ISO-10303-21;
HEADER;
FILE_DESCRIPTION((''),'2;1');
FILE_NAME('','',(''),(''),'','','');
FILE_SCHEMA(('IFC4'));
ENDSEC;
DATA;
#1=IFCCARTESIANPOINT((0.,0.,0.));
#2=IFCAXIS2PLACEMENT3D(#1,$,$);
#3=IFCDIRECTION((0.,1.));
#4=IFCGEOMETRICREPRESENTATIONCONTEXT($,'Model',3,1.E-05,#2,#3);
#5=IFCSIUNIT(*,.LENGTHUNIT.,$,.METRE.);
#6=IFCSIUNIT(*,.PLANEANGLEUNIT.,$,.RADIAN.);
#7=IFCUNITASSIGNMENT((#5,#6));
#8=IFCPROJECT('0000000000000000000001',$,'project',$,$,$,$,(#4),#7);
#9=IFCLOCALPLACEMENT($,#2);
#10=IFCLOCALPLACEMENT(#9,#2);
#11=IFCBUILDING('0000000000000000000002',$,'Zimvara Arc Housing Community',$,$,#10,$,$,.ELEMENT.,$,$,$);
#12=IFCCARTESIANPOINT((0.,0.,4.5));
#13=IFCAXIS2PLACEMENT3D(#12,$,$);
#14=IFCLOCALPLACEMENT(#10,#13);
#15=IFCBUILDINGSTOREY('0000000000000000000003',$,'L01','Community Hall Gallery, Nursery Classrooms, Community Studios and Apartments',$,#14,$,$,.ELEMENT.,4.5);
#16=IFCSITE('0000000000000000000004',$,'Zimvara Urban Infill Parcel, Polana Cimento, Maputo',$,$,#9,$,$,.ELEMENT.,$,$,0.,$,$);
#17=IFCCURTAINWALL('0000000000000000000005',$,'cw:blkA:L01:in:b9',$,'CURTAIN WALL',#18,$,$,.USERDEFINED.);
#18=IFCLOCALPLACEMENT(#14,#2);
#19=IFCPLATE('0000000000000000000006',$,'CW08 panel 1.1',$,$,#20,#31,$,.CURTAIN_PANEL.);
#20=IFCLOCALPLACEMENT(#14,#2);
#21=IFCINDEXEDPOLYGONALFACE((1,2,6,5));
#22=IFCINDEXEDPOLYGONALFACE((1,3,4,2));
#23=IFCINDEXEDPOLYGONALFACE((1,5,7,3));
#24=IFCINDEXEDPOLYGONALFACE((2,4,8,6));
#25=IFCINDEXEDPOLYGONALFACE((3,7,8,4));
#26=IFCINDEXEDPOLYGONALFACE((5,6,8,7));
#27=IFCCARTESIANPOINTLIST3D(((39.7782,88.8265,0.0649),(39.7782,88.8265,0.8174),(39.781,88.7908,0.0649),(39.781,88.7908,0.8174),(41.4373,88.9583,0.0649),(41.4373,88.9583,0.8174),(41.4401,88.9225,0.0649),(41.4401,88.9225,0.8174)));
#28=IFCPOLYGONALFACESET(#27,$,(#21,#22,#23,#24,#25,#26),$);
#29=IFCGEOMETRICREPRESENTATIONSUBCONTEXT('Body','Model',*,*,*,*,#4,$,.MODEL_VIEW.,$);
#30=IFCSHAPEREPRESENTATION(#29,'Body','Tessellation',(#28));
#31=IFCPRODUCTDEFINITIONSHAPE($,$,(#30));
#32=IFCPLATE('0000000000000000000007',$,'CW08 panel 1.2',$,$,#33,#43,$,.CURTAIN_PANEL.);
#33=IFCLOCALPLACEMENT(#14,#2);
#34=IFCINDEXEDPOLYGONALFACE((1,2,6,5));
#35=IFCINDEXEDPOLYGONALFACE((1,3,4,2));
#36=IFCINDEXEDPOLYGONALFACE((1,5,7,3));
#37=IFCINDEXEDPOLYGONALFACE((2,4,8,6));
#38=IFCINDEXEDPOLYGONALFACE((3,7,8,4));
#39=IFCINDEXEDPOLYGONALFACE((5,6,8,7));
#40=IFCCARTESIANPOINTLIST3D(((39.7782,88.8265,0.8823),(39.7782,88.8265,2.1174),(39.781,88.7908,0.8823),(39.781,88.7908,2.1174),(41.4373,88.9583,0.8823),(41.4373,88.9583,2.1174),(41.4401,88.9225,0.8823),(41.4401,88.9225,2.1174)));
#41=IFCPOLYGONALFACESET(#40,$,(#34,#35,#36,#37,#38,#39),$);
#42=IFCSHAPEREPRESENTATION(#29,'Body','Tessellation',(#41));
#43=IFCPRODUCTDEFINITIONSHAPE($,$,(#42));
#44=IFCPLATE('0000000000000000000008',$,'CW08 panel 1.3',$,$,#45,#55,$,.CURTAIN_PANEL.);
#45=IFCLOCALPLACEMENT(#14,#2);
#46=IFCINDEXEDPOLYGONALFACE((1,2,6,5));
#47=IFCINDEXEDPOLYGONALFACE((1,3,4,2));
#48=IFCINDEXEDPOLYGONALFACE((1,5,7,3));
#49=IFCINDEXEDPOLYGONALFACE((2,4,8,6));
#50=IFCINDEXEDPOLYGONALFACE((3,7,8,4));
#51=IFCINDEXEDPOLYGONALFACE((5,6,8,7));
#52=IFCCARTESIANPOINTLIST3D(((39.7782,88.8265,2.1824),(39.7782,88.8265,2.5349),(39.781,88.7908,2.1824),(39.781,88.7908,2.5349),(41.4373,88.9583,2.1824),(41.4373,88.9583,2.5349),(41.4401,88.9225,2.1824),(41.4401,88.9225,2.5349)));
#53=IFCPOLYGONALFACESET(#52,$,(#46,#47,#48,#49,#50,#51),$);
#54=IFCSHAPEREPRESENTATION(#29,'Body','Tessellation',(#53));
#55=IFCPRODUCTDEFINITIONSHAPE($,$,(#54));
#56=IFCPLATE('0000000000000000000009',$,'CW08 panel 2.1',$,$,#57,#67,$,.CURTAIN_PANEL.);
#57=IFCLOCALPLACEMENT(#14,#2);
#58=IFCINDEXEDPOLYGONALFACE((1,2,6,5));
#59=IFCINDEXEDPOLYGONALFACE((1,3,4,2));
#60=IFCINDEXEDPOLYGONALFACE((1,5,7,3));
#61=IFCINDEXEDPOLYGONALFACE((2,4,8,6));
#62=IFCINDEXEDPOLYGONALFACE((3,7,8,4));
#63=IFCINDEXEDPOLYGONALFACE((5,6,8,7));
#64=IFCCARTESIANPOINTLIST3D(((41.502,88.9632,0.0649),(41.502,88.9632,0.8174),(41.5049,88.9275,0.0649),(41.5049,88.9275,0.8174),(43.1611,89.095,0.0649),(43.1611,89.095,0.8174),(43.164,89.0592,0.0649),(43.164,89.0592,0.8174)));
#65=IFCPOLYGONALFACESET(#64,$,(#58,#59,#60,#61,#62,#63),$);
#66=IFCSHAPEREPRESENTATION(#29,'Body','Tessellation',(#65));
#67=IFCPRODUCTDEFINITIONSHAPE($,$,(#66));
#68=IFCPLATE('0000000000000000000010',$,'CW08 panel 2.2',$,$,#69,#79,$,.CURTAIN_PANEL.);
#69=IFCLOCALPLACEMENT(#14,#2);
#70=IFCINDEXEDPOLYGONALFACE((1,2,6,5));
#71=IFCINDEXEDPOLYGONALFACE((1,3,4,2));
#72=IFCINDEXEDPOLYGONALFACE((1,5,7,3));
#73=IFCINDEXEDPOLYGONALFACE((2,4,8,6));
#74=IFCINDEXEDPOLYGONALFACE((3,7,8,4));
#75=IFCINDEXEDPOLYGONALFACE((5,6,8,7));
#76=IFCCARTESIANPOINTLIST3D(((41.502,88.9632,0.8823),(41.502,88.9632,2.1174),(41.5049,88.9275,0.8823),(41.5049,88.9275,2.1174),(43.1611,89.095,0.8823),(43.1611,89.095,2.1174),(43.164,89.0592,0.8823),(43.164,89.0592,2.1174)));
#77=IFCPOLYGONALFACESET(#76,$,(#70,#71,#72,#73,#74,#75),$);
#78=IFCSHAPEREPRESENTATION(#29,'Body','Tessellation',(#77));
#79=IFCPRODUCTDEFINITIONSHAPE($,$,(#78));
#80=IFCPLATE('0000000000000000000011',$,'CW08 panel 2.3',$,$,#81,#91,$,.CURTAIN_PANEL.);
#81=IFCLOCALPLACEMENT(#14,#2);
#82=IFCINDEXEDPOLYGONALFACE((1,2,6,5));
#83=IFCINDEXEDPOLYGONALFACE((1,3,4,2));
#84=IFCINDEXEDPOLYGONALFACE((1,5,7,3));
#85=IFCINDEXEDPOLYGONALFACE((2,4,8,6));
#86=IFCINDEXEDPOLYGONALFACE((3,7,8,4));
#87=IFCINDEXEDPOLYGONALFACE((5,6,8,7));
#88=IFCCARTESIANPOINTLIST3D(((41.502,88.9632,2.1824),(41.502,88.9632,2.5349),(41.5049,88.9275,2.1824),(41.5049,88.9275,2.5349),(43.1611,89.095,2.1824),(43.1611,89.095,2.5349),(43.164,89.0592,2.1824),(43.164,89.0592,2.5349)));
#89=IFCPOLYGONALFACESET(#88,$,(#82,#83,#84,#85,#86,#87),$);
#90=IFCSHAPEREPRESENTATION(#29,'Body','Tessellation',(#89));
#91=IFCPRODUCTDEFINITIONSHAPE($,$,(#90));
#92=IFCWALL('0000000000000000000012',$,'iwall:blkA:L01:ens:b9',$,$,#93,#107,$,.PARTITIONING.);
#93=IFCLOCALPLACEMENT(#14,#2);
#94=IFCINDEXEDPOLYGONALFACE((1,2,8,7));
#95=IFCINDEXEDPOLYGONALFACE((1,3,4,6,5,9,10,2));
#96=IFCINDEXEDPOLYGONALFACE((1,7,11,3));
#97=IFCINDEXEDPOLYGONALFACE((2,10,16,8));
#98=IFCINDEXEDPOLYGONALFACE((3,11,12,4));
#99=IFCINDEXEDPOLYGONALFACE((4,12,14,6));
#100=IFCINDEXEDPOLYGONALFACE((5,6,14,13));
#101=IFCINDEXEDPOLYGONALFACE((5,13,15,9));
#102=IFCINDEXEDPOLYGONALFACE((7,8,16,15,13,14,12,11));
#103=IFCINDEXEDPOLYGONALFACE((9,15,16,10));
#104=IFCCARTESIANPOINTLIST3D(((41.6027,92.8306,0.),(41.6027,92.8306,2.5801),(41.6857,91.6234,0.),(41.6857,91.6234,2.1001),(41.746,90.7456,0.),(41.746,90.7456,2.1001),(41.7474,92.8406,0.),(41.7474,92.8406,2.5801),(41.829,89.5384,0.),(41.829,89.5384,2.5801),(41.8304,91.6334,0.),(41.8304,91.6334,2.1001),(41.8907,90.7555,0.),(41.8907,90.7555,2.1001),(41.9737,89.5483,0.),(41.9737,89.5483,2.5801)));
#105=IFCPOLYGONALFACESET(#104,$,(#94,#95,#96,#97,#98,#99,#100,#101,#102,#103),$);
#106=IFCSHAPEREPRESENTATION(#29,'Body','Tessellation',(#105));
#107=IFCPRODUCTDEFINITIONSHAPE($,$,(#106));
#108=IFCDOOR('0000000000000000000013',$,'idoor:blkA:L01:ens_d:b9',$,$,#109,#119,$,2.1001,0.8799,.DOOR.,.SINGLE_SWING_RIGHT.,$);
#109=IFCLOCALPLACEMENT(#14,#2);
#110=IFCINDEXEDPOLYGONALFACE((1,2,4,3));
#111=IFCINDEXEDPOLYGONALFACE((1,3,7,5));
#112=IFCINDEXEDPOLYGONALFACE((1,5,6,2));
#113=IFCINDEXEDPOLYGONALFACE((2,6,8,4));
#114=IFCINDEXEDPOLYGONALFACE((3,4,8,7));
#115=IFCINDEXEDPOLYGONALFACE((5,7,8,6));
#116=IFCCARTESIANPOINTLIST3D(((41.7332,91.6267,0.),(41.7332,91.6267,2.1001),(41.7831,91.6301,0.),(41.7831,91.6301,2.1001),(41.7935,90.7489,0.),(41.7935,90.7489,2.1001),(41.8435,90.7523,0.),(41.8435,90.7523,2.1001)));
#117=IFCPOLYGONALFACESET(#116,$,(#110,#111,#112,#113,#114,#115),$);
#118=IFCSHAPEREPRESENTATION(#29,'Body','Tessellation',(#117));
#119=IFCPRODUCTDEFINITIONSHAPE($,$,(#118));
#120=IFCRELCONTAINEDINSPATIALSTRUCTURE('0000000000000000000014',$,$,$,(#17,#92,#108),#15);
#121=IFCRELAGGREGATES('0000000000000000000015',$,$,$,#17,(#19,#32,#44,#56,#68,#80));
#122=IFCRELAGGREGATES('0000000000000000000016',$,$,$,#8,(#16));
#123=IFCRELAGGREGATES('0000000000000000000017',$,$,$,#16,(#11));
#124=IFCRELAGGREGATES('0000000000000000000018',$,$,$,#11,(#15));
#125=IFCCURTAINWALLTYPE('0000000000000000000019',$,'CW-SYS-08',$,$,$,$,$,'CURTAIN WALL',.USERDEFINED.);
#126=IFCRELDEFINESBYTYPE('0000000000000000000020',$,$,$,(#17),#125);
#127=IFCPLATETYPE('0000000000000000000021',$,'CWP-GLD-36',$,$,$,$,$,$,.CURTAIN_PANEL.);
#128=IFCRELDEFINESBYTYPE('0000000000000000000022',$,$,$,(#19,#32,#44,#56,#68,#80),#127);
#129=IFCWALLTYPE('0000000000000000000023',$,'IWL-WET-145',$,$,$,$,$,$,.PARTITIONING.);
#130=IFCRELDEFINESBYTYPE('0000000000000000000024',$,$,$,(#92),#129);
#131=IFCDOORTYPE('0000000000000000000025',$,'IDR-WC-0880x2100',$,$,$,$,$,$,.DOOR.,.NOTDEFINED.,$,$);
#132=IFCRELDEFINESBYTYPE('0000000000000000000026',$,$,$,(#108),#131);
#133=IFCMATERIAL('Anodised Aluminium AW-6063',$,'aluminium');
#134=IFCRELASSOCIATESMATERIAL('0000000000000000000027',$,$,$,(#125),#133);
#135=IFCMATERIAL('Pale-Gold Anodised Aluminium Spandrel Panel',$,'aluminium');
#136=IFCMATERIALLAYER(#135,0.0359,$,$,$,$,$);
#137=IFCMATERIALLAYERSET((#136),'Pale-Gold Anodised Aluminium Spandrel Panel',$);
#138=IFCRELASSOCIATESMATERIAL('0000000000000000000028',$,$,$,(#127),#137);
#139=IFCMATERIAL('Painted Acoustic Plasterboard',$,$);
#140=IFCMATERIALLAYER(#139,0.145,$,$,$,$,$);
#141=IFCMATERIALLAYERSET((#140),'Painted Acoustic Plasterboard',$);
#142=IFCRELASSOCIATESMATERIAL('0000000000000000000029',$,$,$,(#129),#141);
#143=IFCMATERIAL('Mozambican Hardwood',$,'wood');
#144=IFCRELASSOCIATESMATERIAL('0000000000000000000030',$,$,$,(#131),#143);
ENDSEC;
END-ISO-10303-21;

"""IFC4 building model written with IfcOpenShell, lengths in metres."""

from ifc_helpers import new_model, si_unit, direction, frame, frame_2d, origin, origin_2d, place, context, subcontext, project, spatial, rectangle, extrude, material, layer, layer_set, type_object, element, fill, aggregate, save


model = new_model("IFC4")

# Units and contexts
model_context = context("Model", 3, precision=1e-05, world=origin(), true_north=direction((0.0, 1.0)))
body_context = subcontext(model_context, "Body", "Model", "MODEL_VIEW")
ifc_project = project(units=[si_unit("LENGTHUNIT", "METRE"), si_unit("PLANEANGLEUNIT", "RADIAN")], contexts=[model_context])

# Site, building, storey
site_placement = place(None, origin())
site = spatial("IfcSite", under=ifc_project, at=site_placement, Name="Zimvara Urban Infill Parcel, Polana Cimento, Maputo", CompositionType="ELEMENT", RefElevation=0.0)
building_placement = place(site_placement, origin())
building = spatial("IfcBuilding", under=site, at=building_placement, Name="Zimvara Arc Housing Community", CompositionType="ELEMENT")
storey_placement = place(building_placement, frame((0.0, 0.0, 4.5)))
storey = spatial("IfcBuildingStorey", under=building, at=storey_placement, Name="L01", Description="Community Hall Gallery, Nursery Classrooms, Community Studios and Apartments", CompositionType="ELEMENT", Elevation=4.5)

# Curtain wall, plates
ifc_material_1 = material(Name="Anodised Aluminium AW-6063", Category="aluminium")
curtain_wall_type = type_object("IfcCurtainWallType", Name="CW-SYS-08", ElementType="CURTAIN WALL", PredefinedType="USERDEFINED", material=ifc_material_1)
curtain_wall_placement = place(storey_placement, origin())
curtain_wall = element("IfcCurtainWall", 1, at=curtain_wall_placement, inside=storey, type_object=curtain_wall_type, Name="cw:blkA:L01:in:b9", ObjectType="CURTAIN WALL", PredefinedType="USERDEFINED")
ifc_material_2 = material(Name="Pale-Gold Anodised Aluminium Spandrel Panel", Category="aluminium")
ifc_layer_1 = layer(ifc_material_2, 0.0359)
ifc_layer_set_1 = layer_set([ifc_layer_1], Name="Pale-Gold Anodised Aluminium Spandrel Panel")
plate_type = type_object("IfcPlateType", Name="CWP-GLD-36", PredefinedType="CURTAIN_PANEL", material=ifc_layer_set_1)
plate_1_placement = place(storey_placement, frame((40.6091, 88.8745, 0.0649), z_axis=(0.0, 0.0, 1.0), x_axis=(0.996862, 0.079155, 0.0)))
plate_1 = element("IfcPlate", 2, at=plate_1_placement, type_object=plate_type, Name="CW08 panel 1.1", PredefinedType="CURTAIN_PANEL", context=body_context, shape_type="SweptSolid", body=[
    extrude(rectangle(XDim=1.6643, YDim=0.0359, at=origin_2d()), origin(), (0.0, 0.0, 1.0), 0.7524),
])
plate_2_placement = place(storey_placement, frame((40.6091, 88.8745, 0.8823), z_axis=(0.0, 0.0, 1.0), x_axis=(0.996862, 0.079155, 0.0)))
plate_2 = element("IfcPlate", 3, at=plate_2_placement, type_object=plate_type, Name="CW08 panel 1.2", PredefinedType="CURTAIN_PANEL", context=body_context, shape_type="SweptSolid", body=[
    extrude(rectangle(XDim=1.6643, YDim=0.0359, at=origin_2d()), origin(), (0.0, 0.0, 1.0), 1.2351),
])
plate_3_placement = place(storey_placement, frame((40.6091, 88.8745, 2.1824), z_axis=(0.0, 0.0, 1.0), x_axis=(0.996862, 0.079155, 0.0)))
plate_3 = element("IfcPlate", 4, at=plate_3_placement, type_object=plate_type, Name="CW08 panel 1.3", PredefinedType="CURTAIN_PANEL", context=body_context, shape_type="SweptSolid", body=[
    extrude(rectangle(XDim=1.6643, YDim=0.0359, at=origin_2d()), origin(), (0.0, 0.0, 1.0), 0.3525),
])
plate_4_placement = place(storey_placement, frame((42.333, 89.0112, 0.0649), z_axis=(0.0, 0.0, 1.0), x_axis=(0.996862, 0.079155, 0.0)))
plate_4 = element("IfcPlate", 5, at=plate_4_placement, type_object=plate_type, Name="CW08 panel 2.1", PredefinedType="CURTAIN_PANEL", context=body_context, shape_type="SweptSolid", body=[
    extrude(rectangle(XDim=1.6643, YDim=0.0359, at=origin_2d()), origin(), (0.0, 0.0, 1.0), 0.7524),
])
plate_5_placement = place(storey_placement, frame((42.333, 89.0112, 0.8823), z_axis=(0.0, 0.0, 1.0), x_axis=(0.996862, 0.079155, 0.0)))
plate_5 = element("IfcPlate", 6, at=plate_5_placement, type_object=plate_type, Name="CW08 panel 2.2", PredefinedType="CURTAIN_PANEL", context=body_context, shape_type="SweptSolid", body=[
    extrude(rectangle(XDim=1.6643, YDim=0.0359, at=origin_2d()), origin(), (0.0, 0.0, 1.0), 1.2351),
])
plate_6_placement = place(storey_placement, frame((42.333, 89.0112, 2.1824), z_axis=(0.0, 0.0, 1.0), x_axis=(0.996862, 0.079155, 0.0)))
plate_6 = element("IfcPlate", 7, at=plate_6_placement, type_object=plate_type, Name="CW08 panel 2.3", PredefinedType="CURTAIN_PANEL", context=body_context, shape_type="SweptSolid", body=[
    extrude(rectangle(XDim=1.6643, YDim=0.0359, at=origin_2d()), origin(), (0.0, 0.0, 1.0), 0.3525),
])
aggregate(curtain_wall, [plate_1, plate_2, plate_3, plate_4, plate_5, plate_6])

# Wall, opening, door
ifc_material_3 = material(Name="Painted Acoustic Plasterboard")
ifc_layer_2 = layer(ifc_material_3, 0.145)
ifc_layer_set_2 = layer_set([ifc_layer_2], Name="Painted Acoustic Plasterboard")
wall_type = type_object("IfcWallType", Name="IWL-WET-145", PredefinedType="PARTITIONING", material=ifc_layer_set_2)
wall_placement = place(storey_placement, frame((41.9014, 89.5435, 0.0), z_axis=(0.0, 0.0, 1.0), x_axis=(-0.068581, 0.997646, 0.0)))
wall = element("IfcWall", 8, at=wall_placement, inside=storey, type_object=wall_type, Name="iwall:blkA:L01:ens:b9", PredefinedType="PARTITIONING", context=body_context, shape_type="SweptSolid", body=[
    extrude(rectangle(XDim=3.3, YDim=0.145, at=frame_2d((1.6499, 0.0))), origin(), (0.0, 0.0, 1.0), 2.5801),
])
opening_placement = place(wall_placement, frame((1.21, 0.0, 0.0)))
opening = element("IfcOpeningElement", 9, at=opening_placement, cuts=wall, PredefinedType="OPENING", context=body_context, shape_type="SweptSolid", body=[
    extrude(rectangle(XDim=0.8799, YDim=2.1001, at=frame_2d((0.4399, 1.05))), frame((0.0, 0.0825, 0.0), z_axis=(0.0, -1.0, 0.0), x_axis=(1.0, 0.0, 0.0)), (0.0, 0.0, 1.0), 0.165),
])
ifc_material_4 = material(Name="Mozambican Hardwood", Category="wood")
door_type = type_object("IfcDoorType", Name="IDR-WC-0880x2100", OperationType="NOTDEFINED", PredefinedType="DOOR", material=ifc_material_4)
door_placement = place(opening_placement, origin())
door = element("IfcDoor", 10, at=door_placement, inside=storey, type_object=door_type, Name="idoor:blkA:L01:ens_d:b9", OperationType="SINGLE_SWING_RIGHT", OverallHeight=2.1001, OverallWidth=0.8799, PredefinedType="DOOR", context=body_context, shape_type="SweptSolid", body=[
    extrude(rectangle(XDim=0.8799, YDim=2.1001, at=frame_2d((0.4399, 1.05))), frame((0.0, 0.0249, 0.0), z_axis=(0.0, -1.0, 0.0), x_axis=(1.0, 0.0, 0.0)), (0.0, 0.0, 1.0), 0.05),
])
fill(opening, door)

save(model, "model.ifc")
